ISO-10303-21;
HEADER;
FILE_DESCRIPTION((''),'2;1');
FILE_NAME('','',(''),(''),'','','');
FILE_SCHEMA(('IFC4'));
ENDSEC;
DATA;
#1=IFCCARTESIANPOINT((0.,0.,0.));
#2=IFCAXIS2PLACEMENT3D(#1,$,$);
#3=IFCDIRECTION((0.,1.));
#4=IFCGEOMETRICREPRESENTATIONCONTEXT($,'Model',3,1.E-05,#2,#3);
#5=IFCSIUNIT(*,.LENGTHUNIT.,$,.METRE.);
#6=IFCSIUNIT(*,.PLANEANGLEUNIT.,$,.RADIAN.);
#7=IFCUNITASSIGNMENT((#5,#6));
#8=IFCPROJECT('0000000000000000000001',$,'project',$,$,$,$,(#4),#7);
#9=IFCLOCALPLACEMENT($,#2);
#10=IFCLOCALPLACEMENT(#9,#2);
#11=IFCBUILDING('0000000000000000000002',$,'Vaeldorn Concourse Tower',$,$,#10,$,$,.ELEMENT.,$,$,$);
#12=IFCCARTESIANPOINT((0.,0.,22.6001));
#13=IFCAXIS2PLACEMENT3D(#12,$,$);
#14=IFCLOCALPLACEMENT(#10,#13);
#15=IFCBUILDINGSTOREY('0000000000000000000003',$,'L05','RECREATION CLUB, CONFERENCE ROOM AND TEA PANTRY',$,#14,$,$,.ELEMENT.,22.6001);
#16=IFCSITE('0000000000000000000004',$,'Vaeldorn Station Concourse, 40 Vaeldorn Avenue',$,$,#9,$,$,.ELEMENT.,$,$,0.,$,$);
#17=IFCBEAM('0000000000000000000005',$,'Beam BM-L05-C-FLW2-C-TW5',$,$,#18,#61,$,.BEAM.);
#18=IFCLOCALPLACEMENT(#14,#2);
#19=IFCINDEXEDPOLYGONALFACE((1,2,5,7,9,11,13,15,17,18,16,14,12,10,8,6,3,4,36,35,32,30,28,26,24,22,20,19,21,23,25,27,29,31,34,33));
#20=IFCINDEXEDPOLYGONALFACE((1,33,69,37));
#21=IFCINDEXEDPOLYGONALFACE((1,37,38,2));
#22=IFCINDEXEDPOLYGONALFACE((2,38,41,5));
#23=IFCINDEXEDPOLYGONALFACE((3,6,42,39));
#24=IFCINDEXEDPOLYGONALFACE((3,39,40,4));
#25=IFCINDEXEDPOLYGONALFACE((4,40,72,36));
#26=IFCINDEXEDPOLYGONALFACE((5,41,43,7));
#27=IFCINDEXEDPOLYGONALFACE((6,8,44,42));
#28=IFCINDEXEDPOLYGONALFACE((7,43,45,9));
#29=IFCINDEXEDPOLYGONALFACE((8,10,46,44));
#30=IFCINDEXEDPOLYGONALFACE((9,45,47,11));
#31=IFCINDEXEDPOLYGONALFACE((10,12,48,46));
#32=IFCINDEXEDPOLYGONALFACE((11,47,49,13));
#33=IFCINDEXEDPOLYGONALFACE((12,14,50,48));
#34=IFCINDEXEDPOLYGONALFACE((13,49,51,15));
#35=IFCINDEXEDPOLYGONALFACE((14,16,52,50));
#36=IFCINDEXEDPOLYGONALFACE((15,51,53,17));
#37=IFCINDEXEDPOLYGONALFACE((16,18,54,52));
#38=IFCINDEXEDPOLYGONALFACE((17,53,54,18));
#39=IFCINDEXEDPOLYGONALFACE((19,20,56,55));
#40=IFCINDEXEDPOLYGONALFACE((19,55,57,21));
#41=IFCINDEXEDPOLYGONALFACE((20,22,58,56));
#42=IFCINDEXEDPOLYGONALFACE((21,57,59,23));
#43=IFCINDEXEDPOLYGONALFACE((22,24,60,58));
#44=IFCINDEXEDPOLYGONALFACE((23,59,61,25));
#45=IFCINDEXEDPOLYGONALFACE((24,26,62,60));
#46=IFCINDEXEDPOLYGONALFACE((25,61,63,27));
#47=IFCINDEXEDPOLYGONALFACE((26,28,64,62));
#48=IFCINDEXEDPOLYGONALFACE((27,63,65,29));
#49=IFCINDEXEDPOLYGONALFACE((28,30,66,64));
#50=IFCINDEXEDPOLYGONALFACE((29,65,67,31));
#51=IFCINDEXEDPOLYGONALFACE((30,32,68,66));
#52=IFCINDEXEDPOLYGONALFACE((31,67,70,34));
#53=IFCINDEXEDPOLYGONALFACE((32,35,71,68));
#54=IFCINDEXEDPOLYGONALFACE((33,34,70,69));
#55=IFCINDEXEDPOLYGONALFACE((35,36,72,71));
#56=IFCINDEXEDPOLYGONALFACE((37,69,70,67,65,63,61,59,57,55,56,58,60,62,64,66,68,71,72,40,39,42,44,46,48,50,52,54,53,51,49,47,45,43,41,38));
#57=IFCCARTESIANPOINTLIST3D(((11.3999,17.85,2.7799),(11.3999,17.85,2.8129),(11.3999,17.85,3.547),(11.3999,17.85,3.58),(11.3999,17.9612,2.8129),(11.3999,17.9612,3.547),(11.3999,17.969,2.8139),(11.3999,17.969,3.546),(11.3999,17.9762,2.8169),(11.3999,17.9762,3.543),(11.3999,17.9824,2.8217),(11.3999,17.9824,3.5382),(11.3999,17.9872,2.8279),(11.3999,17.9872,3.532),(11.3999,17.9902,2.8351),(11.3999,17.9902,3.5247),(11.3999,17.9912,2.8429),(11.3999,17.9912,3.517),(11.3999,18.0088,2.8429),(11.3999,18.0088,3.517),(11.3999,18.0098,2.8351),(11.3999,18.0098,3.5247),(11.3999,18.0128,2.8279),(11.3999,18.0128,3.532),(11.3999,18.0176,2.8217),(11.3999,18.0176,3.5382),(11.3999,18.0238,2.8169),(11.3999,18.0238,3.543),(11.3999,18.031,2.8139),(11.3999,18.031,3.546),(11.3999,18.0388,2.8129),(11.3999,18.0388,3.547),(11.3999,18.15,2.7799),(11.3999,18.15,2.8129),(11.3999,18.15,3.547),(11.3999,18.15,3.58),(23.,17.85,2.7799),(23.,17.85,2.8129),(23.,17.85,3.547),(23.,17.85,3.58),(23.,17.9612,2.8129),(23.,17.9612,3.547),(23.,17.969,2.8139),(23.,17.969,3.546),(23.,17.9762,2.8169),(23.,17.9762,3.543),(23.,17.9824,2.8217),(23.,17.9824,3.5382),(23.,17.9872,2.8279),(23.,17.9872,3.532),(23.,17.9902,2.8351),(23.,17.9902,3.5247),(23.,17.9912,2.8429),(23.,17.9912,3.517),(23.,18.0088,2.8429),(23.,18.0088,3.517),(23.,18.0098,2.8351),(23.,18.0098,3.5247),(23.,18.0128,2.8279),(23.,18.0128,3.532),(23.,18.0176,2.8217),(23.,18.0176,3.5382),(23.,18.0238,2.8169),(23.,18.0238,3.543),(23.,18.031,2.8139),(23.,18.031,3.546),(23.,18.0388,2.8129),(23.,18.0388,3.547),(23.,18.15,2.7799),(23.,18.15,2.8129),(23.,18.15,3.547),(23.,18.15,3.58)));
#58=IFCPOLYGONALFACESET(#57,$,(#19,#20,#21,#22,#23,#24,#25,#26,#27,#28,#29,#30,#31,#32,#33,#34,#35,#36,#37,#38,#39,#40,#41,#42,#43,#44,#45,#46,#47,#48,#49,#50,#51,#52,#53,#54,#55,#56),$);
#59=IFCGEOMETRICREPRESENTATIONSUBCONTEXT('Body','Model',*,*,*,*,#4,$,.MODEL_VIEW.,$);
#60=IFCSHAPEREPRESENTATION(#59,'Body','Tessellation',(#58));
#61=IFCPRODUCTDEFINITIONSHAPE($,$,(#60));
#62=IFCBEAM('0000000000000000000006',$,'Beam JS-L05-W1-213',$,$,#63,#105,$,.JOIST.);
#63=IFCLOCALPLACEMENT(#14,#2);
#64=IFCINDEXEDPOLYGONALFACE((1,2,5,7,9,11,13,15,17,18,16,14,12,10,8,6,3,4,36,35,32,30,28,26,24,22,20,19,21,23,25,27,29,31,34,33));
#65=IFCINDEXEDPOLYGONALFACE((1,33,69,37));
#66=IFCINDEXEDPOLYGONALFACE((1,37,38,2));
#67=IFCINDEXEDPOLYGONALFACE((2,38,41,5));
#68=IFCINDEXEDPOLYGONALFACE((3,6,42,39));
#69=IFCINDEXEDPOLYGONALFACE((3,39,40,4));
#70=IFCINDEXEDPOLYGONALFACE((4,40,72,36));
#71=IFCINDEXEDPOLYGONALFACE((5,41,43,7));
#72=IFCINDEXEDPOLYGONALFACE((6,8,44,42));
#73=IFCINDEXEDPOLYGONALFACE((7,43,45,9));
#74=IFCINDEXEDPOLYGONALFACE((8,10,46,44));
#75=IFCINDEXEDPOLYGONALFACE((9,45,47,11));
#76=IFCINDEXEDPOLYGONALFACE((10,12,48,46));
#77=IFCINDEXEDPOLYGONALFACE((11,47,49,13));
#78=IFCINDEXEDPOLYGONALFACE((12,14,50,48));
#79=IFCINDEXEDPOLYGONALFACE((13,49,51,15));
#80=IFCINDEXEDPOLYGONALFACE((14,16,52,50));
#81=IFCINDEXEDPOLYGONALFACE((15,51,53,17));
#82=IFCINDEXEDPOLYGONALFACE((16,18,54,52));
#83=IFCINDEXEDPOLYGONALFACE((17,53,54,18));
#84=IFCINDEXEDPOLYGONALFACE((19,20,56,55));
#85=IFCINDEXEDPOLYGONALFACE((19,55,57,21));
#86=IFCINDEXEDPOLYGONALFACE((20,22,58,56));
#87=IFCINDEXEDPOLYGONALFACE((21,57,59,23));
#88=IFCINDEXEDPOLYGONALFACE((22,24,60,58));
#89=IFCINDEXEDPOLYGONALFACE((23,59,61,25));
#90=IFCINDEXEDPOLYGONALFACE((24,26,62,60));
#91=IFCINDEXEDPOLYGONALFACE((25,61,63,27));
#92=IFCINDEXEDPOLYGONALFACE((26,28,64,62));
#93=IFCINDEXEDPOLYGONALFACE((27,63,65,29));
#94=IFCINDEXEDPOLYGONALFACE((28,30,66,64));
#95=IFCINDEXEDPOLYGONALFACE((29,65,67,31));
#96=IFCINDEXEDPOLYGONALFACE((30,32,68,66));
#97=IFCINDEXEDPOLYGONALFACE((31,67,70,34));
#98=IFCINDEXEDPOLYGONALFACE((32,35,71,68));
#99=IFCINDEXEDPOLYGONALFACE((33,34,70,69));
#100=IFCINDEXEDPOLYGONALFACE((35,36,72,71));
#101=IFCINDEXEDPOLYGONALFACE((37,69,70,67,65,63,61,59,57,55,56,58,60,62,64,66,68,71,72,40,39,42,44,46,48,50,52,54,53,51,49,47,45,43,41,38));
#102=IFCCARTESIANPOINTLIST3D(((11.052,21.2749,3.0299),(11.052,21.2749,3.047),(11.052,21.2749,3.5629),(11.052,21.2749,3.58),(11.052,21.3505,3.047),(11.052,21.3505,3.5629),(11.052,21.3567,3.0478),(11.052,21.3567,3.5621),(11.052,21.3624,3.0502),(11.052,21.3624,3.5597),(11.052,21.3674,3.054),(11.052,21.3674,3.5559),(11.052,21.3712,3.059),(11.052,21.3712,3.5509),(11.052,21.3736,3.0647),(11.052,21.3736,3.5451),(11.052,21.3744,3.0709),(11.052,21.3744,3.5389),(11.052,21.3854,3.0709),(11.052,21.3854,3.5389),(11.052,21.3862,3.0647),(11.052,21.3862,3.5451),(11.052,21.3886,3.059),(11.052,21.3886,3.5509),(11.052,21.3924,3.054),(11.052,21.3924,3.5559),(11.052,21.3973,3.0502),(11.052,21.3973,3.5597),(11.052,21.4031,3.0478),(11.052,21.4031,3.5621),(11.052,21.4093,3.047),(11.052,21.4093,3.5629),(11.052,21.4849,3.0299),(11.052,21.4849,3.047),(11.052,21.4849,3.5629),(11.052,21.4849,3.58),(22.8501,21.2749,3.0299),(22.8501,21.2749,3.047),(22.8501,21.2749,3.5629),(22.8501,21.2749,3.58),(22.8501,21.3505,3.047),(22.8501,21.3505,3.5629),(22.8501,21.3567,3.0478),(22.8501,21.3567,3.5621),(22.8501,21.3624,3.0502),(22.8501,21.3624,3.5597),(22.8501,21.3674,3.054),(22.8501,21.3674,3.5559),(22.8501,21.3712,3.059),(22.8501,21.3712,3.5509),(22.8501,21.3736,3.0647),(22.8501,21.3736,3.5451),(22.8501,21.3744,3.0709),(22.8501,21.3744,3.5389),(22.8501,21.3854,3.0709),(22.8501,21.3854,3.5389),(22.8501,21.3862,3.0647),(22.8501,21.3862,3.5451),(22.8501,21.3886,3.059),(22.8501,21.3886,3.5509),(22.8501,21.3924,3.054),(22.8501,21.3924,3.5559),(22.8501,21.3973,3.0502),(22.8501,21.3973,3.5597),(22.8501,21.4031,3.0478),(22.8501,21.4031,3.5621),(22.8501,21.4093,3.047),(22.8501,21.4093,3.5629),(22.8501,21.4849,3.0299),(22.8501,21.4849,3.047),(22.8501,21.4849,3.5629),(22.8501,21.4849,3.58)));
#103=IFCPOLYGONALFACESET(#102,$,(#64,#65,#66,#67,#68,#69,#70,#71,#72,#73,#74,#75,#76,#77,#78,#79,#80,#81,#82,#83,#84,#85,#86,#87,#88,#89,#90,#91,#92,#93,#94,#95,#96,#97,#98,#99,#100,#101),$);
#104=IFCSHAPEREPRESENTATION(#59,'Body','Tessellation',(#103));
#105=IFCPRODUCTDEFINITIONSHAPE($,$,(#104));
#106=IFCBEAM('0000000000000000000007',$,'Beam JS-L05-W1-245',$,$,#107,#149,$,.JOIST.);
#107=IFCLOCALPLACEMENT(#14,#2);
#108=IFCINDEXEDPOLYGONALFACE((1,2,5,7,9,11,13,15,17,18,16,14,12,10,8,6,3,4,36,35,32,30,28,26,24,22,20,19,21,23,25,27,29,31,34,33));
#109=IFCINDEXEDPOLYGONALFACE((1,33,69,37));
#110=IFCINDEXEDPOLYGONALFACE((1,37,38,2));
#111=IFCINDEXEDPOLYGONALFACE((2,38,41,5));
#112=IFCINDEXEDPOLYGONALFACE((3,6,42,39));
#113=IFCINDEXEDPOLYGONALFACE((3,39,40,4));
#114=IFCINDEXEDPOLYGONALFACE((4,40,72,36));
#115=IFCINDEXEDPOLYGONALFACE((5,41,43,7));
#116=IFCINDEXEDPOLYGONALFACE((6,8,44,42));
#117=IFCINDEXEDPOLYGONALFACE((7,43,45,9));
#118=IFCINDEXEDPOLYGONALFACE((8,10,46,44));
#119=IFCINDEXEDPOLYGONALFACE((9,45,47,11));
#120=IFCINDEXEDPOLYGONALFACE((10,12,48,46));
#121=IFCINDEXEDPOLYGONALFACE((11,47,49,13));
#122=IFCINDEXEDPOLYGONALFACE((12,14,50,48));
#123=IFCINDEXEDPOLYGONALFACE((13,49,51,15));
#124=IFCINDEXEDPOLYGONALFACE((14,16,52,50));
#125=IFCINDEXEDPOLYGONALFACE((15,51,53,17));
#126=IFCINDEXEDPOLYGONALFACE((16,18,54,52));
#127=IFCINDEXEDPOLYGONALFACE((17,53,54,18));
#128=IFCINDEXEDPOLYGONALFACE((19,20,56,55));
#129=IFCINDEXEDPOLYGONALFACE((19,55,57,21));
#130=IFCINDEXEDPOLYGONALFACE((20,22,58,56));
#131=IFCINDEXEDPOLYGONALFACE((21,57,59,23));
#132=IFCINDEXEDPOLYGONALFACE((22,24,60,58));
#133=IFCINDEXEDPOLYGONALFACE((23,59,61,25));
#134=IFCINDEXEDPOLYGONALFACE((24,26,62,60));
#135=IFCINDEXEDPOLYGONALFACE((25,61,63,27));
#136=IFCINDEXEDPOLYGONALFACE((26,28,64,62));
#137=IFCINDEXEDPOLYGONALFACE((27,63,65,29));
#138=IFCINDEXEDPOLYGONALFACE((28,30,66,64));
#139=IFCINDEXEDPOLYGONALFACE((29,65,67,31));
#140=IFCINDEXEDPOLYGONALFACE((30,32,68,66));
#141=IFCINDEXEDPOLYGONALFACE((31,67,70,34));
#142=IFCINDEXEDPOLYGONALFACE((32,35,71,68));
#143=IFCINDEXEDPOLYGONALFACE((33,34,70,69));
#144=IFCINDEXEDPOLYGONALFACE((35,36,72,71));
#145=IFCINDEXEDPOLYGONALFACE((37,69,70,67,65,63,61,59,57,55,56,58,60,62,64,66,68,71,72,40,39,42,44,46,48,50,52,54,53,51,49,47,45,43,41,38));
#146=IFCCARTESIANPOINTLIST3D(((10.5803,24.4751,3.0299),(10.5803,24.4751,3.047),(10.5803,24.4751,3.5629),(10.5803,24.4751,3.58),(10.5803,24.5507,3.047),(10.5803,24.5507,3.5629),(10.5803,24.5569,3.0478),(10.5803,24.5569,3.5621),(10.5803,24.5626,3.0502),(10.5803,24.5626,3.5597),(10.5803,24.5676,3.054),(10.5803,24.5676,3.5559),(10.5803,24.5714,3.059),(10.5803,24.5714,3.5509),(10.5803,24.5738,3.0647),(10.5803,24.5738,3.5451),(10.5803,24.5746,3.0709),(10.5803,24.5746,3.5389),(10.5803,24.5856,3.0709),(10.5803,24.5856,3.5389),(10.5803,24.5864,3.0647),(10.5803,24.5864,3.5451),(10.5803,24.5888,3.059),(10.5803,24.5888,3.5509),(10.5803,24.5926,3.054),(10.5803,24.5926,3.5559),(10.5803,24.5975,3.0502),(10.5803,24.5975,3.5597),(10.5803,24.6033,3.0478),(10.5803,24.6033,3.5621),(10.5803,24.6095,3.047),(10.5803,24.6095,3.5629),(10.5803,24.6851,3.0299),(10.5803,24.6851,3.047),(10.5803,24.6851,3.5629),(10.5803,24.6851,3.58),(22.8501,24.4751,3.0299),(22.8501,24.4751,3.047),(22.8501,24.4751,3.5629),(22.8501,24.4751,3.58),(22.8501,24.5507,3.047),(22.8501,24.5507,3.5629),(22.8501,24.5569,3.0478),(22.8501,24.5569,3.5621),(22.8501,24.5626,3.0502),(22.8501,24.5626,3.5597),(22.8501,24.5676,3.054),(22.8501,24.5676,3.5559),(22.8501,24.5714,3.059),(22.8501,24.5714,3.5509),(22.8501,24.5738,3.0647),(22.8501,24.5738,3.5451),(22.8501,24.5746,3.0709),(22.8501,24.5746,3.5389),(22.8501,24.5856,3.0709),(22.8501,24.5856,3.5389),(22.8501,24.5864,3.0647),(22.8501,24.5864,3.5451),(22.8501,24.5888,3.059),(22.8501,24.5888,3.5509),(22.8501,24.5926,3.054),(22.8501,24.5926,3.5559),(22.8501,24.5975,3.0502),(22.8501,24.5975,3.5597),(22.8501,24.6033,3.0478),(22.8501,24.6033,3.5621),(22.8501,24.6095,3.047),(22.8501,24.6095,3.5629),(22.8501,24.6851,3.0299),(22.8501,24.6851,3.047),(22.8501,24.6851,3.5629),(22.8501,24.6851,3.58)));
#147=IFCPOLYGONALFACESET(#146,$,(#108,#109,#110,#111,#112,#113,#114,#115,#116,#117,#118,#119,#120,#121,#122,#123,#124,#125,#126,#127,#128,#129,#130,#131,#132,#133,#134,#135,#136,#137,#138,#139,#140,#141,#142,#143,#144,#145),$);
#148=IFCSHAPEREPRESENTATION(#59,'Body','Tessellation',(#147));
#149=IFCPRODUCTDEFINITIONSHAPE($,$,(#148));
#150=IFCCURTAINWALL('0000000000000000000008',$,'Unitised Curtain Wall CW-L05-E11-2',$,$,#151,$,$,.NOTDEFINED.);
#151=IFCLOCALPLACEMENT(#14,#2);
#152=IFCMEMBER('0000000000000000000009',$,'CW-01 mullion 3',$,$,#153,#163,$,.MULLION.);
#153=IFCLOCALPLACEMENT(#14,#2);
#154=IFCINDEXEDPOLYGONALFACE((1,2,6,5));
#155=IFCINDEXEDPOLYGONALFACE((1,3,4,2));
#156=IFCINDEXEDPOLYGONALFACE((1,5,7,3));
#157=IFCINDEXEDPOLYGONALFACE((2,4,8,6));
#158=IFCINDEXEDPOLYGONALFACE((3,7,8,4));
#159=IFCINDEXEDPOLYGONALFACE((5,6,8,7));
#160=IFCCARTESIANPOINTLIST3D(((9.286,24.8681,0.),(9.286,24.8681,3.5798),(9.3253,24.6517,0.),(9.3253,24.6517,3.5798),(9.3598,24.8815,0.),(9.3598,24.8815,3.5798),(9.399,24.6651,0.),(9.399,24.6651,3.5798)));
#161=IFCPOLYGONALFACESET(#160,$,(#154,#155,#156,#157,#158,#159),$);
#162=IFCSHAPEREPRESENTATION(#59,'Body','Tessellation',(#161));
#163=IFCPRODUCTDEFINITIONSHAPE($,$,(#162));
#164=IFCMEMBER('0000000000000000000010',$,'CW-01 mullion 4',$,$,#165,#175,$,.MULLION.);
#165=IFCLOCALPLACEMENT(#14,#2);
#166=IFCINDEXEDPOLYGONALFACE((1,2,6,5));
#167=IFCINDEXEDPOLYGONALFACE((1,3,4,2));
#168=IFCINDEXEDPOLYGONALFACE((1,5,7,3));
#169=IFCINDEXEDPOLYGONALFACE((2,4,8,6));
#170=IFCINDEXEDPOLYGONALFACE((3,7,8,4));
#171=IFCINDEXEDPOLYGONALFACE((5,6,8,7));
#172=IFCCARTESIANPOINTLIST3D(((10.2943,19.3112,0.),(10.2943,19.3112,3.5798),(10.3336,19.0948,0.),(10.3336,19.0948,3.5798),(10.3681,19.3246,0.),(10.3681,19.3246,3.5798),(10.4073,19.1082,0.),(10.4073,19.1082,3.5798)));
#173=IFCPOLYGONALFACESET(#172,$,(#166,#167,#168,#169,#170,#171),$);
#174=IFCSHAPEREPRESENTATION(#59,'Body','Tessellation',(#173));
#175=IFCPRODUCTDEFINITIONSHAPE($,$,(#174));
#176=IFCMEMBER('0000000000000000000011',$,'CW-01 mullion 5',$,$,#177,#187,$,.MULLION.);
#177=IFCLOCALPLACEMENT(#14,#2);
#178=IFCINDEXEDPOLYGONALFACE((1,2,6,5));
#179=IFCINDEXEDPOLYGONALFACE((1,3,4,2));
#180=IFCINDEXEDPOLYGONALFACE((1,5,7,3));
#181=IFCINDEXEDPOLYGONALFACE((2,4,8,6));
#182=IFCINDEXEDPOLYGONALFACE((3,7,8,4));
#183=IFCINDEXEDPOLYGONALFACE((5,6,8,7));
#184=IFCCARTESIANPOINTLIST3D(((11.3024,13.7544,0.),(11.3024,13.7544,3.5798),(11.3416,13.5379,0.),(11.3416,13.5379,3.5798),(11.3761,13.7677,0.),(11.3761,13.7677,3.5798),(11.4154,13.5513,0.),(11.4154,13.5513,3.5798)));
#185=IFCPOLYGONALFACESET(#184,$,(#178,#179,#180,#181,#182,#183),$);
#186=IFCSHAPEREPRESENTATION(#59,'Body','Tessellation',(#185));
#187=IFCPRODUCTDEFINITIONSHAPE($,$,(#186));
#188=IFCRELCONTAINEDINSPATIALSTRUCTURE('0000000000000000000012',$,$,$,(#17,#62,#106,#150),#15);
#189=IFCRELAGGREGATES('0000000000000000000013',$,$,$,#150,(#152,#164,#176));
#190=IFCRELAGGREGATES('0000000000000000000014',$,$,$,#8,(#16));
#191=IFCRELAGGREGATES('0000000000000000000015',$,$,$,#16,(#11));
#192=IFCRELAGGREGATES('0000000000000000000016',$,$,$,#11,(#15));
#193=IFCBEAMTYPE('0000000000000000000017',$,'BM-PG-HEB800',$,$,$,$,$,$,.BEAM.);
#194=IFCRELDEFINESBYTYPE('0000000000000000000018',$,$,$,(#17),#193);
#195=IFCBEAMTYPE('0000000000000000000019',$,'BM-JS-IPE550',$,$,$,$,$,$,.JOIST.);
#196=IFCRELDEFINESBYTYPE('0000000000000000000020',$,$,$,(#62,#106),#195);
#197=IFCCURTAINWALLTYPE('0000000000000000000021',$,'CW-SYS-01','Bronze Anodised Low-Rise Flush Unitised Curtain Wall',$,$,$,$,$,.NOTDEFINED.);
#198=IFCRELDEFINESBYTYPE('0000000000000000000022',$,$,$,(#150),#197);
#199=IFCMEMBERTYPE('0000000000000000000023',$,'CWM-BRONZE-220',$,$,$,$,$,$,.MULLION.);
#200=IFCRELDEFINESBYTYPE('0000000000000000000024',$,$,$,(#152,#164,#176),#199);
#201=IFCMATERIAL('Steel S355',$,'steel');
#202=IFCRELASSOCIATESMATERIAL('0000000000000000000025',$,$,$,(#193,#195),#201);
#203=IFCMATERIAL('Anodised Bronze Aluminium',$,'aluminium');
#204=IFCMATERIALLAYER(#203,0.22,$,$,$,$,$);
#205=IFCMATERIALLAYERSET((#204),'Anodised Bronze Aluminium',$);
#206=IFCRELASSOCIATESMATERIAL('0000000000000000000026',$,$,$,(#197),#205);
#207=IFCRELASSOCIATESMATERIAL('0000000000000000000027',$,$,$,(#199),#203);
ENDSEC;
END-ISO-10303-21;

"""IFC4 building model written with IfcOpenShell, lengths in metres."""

from ifc_helpers import new_model, si_unit, direction, frame, origin, origin_2d, place, context, subcontext, project, spatial, rectangle, i_section, extrude, source, transform, mapped, material, layer, layer_set, material_profile, profile_set, type_object, element, aggregate, save


model = new_model("IFC4")

# Units and contexts
model_context = context("Model", 3, precision=1e-05, world=origin(), true_north=direction((0.0, 1.0)))
body_context = subcontext(model_context, "Body", "Model", "MODEL_VIEW")
ifc_project = project(units=[si_unit("LENGTHUNIT", "METRE"), si_unit("PLANEANGLEUNIT", "RADIAN")], contexts=[model_context])

# Site, building, storey
site_placement = place(None, origin())
site = spatial("IfcSite", under=ifc_project, at=site_placement, Name="Vaeldorn Station Concourse, 40 Vaeldorn Avenue", CompositionType="ELEMENT", RefElevation=0.0)
building_placement = place(site_placement, origin())
building = spatial("IfcBuilding", under=site, at=building_placement, Name="Vaeldorn Concourse Tower", CompositionType="ELEMENT")
storey_placement = place(building_placement, frame((0.0, 0.0, 22.6001)))
storey = spatial("IfcBuildingStorey", under=building, at=storey_placement, Name="L05", Description="RECREATION CLUB, CONFERENCE ROOM AND TEA PANTRY", CompositionType="ELEMENT", Elevation=22.6001)

# Beams
ifc_material_1 = material(Name="Steel S355", Category="steel")
ifc_material_profile_1 = material_profile(ifc_material_1, i_section(OverallWidth=0.3, OverallDepth=0.8, WebThickness=0.0176, FlangeThickness=0.033, FilletRadius=0.03, at=origin_2d()), Name="HEB 800")
ifc_profile_set_1 = profile_set([ifc_material_profile_1], Name="Steel S355")
beam_type_1 = type_object("IfcBeamType", Name="BM-PG-HEB800", PredefinedType="BEAM", material=ifc_profile_set_1)
shared_shape_1 = source(origin(), body_context, "Body", "SweptSolid", [
    extrude(i_section(OverallWidth=0.3, OverallDepth=0.8, WebThickness=0.0176, FlangeThickness=0.033, FilletRadius=0.03, at=origin_2d()), origin(), (0.0, 0.0, 1.0), 11.6001),
])
beam_1_placement = place(storey_placement, frame((11.3999, 18.0, 3.1799), z_axis=(1.0, 0.0, 0.0), x_axis=(0.0, 1.0, 0.0)))
element("IfcBeam", 1, at=beam_1_placement, inside=storey, type_object=beam_type_1, Name="Beam BM-L05-C-FLW2-C-TW5", PredefinedType="BEAM", context=body_context, shape_type="MappedRepresentation", body=[
    mapped(shared_shape_1, transform((0.0, 0.0, 0.0), scale=1.0)),
])
ifc_material_profile_2 = material_profile(ifc_material_1, i_section(OverallWidth=0.21, OverallDepth=0.55, WebThickness=0.011, FlangeThickness=0.0171, FilletRadius=0.0239, at=origin_2d()), Name="IPE 550")
ifc_profile_set_2 = profile_set([ifc_material_profile_2], Name="Steel S355")
beam_type_2 = type_object("IfcBeamType", Name="BM-JS-IPE550", PredefinedType="JOIST", material=ifc_profile_set_2)
shared_shape_2 = source(origin(), body_context, "Body", "SweptSolid", [
    extrude(i_section(OverallWidth=0.21, OverallDepth=0.55, WebThickness=0.011, FlangeThickness=0.0171, FilletRadius=0.0239, at=origin_2d()), origin(), (0.0, 0.0, 1.0), 11.7981),
])
beam_2_placement = place(storey_placement, frame((11.052, 21.3799, 3.3049), z_axis=(1.0, 0.0, 0.0), x_axis=(0.0, 1.0, 0.0)))
element("IfcBeam", 2, at=beam_2_placement, inside=storey, type_object=beam_type_2, Name="Beam JS-L05-W1-213", PredefinedType="JOIST", context=body_context, shape_type="MappedRepresentation", body=[
    mapped(shared_shape_2, transform((0.0, 0.0, 0.0), scale=1.0)),
])
shared_shape_3 = source(origin(), body_context, "Body", "SweptSolid", [
    extrude(i_section(OverallWidth=0.21, OverallDepth=0.55, WebThickness=0.011, FlangeThickness=0.0171, FilletRadius=0.0239, at=origin_2d()), origin(), (0.0, 0.0, 1.0), 12.2698),
])
beam_3_placement = place(storey_placement, frame((10.5803, 24.5801, 3.3049), z_axis=(1.0, 0.0, 0.0), x_axis=(0.0, 1.0, 0.0)))
element("IfcBeam", 3, at=beam_3_placement, inside=storey, type_object=beam_type_2, Name="Beam JS-L05-W1-245", PredefinedType="JOIST", context=body_context, shape_type="MappedRepresentation", body=[
    mapped(shared_shape_3, transform((0.0, 0.0, 0.0), scale=1.0)),
])

# Curtain wall, members
ifc_material_2 = material(Name="Anodised Bronze Aluminium", Category="aluminium")
ifc_layer_1 = layer(ifc_material_2, 0.22)
ifc_layer_set_1 = layer_set([ifc_layer_1], Name="Anodised Bronze Aluminium")
curtain_wall_type = type_object("IfcCurtainWallType", Name="CW-SYS-01", Description="Bronze Anodised Low-Rise Flush Unitised Curtain Wall", PredefinedType="NOTDEFINED", material=ifc_layer_set_1)
curtain_wall_placement = place(storey_placement, origin())
curtain_wall = element("IfcCurtainWall", 4, at=curtain_wall_placement, inside=storey, type_object=curtain_wall_type, Name="Unitised Curtain Wall CW-L05-E11-2", PredefinedType="NOTDEFINED")
ifc_material_profile_3 = material_profile(ifc_material_2, rectangle(XDim=0.075, YDim=0.22, at=origin_2d()), Name="CWM 75x220")
ifc_profile_set_3 = profile_set([ifc_material_profile_3], Name="Anodised Bronze Aluminium")
member_type_1 = type_object("IfcMemberType", Name="CWM-BRONZE-220", PredefinedType="MULLION", material=ifc_profile_set_3)
shared_shape_4 = source(origin(), body_context, "Body", "SweptSolid", [
    extrude(rectangle(XDim=0.075, YDim=0.22, at=origin_2d()), origin(), (0.0, 0.0, 1.0), 3.5798),
])
member_1_placement = place(storey_placement, frame((9.3425, 24.7666, 0.0), z_axis=(0.0, 0.0, 1.0), x_axis=(0.983935, 0.178526, 0.0)))
member_1 = element("IfcMember", 5, at=member_1_placement, type_object=member_type_1, Name="CW-01 mullion 3", PredefinedType="MULLION", context=body_context, shape_type="MappedRepresentation", body=[
    mapped(shared_shape_4, transform((0.0, 0.0, 0.0), scale=1.0)),
])
member_2_placement = place(storey_placement, frame((10.3508, 19.2097, 0.0), z_axis=(0.0, 0.0, 1.0), x_axis=(0.983935, 0.178526, 0.0)))
member_2 = element("IfcMember", 6, at=member_2_placement, type_object=member_type_1, Name="CW-01 mullion 4", PredefinedType="MULLION", context=body_context, shape_type="MappedRepresentation", body=[
    mapped(shared_shape_4, transform((0.0, 0.0, 0.0), scale=1.0)),
])
member_3_placement = place(storey_placement, frame((11.3589, 13.6528, 0.0), z_axis=(0.0, 0.0, 1.0), x_axis=(0.983935, 0.178526, 0.0)))
member_3 = element("IfcMember", 7, at=member_3_placement, type_object=member_type_1, Name="CW-01 mullion 5", PredefinedType="MULLION", context=body_context, shape_type="MappedRepresentation", body=[
    mapped(shared_shape_4, transform((0.0, 0.0, 0.0), scale=1.0)),
])
aggregate(curtain_wall, [member_1, member_2, member_3])

save(model, "model.ifc")
